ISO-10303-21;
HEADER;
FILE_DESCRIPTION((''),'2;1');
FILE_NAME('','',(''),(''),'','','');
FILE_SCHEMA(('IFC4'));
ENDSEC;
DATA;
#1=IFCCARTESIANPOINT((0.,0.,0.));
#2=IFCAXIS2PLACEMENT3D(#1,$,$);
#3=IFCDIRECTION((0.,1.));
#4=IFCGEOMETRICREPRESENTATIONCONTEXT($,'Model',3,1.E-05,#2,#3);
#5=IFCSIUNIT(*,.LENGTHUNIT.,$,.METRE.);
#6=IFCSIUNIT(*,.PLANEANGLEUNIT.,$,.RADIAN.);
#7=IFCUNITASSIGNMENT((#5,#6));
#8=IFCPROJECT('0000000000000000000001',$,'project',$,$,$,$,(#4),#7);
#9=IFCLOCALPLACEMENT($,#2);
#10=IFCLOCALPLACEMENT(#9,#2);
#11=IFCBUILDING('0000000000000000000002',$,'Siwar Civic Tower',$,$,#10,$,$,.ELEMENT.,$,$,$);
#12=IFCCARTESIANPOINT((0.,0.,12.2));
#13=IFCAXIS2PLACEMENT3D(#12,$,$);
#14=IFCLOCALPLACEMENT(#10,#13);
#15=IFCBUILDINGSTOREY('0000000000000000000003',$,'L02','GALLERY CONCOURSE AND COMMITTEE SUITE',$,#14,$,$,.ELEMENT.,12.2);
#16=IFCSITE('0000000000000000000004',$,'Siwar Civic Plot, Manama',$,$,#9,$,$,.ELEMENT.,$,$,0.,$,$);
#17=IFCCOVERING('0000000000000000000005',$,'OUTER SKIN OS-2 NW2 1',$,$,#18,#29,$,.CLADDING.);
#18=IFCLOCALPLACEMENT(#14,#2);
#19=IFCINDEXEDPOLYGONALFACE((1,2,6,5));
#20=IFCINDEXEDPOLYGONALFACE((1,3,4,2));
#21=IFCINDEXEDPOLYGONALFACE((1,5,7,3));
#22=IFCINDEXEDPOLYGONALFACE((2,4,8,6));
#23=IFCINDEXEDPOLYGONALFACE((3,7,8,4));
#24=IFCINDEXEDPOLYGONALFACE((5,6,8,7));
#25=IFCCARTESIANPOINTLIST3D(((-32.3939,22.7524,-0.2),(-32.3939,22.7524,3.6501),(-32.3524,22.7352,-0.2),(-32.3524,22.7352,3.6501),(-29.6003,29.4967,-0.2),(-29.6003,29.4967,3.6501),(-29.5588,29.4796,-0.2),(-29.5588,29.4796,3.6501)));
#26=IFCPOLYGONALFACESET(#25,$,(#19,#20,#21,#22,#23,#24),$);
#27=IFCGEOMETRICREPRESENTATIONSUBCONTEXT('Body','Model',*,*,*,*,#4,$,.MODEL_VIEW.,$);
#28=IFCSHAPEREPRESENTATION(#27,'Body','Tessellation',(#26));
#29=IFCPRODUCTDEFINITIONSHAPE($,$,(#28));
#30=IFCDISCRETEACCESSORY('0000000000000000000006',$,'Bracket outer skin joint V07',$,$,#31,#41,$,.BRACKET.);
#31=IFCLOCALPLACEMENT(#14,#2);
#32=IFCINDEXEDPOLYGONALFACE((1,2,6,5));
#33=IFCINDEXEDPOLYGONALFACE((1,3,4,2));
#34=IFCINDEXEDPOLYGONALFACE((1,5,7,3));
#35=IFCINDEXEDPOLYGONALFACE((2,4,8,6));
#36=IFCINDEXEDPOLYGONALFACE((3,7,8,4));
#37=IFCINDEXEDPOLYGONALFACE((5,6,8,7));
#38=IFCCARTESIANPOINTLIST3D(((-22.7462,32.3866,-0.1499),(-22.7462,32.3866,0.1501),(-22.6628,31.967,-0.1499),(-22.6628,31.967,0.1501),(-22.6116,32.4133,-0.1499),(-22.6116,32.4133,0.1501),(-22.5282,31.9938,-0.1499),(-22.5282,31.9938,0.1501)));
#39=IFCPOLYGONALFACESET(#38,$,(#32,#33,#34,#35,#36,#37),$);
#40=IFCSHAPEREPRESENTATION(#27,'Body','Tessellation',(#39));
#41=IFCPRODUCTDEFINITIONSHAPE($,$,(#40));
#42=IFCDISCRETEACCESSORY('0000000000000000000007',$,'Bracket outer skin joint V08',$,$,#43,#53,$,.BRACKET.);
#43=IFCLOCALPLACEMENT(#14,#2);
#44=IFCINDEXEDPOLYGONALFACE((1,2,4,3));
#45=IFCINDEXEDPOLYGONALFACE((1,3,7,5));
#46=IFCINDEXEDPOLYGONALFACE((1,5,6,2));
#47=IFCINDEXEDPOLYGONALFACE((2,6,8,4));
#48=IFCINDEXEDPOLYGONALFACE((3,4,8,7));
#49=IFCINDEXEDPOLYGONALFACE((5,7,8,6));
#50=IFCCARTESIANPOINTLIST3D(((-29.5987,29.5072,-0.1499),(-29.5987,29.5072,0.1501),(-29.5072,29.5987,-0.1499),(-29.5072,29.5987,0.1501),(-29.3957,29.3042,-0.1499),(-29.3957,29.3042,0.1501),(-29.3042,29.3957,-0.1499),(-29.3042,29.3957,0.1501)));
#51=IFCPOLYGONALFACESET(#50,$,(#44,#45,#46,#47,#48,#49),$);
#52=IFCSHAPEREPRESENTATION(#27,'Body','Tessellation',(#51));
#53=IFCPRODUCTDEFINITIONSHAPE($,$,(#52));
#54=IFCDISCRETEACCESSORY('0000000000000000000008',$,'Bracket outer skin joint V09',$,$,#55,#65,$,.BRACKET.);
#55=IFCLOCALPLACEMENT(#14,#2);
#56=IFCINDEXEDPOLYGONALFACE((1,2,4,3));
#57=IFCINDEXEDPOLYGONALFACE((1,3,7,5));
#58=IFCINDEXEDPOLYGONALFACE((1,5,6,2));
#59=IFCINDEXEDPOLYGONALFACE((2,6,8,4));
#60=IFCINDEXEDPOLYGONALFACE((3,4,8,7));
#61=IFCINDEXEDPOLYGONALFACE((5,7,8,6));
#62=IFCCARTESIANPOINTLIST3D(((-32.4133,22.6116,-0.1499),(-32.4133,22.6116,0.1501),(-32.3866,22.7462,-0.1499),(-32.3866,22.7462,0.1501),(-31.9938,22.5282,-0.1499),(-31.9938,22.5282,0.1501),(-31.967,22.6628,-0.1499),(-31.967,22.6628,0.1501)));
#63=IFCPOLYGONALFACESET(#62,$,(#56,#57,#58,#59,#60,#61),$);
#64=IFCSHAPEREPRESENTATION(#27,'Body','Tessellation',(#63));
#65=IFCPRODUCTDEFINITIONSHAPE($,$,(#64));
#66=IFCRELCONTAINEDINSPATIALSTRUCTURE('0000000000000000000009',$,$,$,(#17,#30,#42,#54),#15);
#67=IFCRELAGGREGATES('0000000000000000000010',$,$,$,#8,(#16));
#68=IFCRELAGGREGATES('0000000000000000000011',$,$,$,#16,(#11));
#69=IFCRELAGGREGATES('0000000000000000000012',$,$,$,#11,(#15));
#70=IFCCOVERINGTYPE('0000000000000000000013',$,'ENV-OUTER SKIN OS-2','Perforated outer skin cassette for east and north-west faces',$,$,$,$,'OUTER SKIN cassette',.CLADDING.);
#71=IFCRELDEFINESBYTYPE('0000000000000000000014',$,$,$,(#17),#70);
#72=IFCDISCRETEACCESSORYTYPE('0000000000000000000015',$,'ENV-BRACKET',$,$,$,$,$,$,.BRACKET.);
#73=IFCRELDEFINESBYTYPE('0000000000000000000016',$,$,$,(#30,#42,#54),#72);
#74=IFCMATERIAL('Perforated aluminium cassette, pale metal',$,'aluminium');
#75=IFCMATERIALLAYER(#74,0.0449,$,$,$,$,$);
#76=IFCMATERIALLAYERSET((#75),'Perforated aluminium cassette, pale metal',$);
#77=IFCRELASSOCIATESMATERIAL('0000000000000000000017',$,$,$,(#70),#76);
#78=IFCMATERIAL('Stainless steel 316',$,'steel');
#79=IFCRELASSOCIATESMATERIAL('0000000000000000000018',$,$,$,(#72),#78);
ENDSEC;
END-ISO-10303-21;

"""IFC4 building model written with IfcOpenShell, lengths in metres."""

from ifc_helpers import new_model, si_unit, direction, frame, origin, origin_2d, place, context, subcontext, project, spatial, rectangle, extrude, material, layer, layer_set, type_object, element, save


model = new_model("IFC4")

# Units and contexts
model_context = context("Model", 3, precision=1e-05, world=origin(), true_north=direction((0.0, 1.0)))
body_context = subcontext(model_context, "Body", "Model", "MODEL_VIEW")
ifc_project = project(units=[si_unit("LENGTHUNIT", "METRE"), si_unit("PLANEANGLEUNIT", "RADIAN")], contexts=[model_context])

# Site, building, storey
site_placement = place(None, origin())
site = spatial("IfcSite", under=ifc_project, at=site_placement, Name="Siwar Civic Plot, Manama", CompositionType="ELEMENT", RefElevation=0.0)
building_placement = place(site_placement, origin())
building = spatial("IfcBuilding", under=site, at=building_placement, Name="Siwar Civic Tower", CompositionType="ELEMENT")
storey_placement = place(building_placement, frame((0.0, 0.0, 12.2)))
storey = spatial("IfcBuildingStorey", under=building, at=storey_placement, Name="L02", Description="GALLERY CONCOURSE AND COMMITTEE SUITE", CompositionType="ELEMENT", Elevation=12.2)

# Covering
ifc_material_1 = material(Name="Perforated aluminium cassette, pale metal", Category="aluminium")
ifc_layer_1 = layer(ifc_material_1, 0.0449)
ifc_layer_set_1 = layer_set([ifc_layer_1], Name="Perforated aluminium cassette, pale metal")
covering_type_1 = type_object("IfcCoveringType", Name="ENV-OUTER SKIN OS-2", Description="Perforated outer skin cassette for east and north-west faces", ElementType="OUTER SKIN cassette", PredefinedType="CLADDING", material=ifc_layer_set_1)
covering_1_placement = place(storey_placement, frame((-30.9763, 26.116, -0.2), z_axis=(0.0, 0.0, 1.0), x_axis=(-0.382683, -0.92388, 0.0)))
element("IfcCovering", 1, at=covering_1_placement, inside=storey, type_object=covering_type_1, Name="OUTER SKIN OS-2 NW2 1", PredefinedType="CLADDING", context=body_context, shape_type="SweptSolid", body=[
    extrude(rectangle(XDim=7.3, YDim=0.0449, at=origin_2d()), origin(), (0.0, 0.0, 1.0), 3.8501),
])

# Discrete accessories
ifc_material_2 = material(Name="Stainless steel 316", Category="steel")
discrete_accessory_type = type_object("IfcDiscreteAccessoryType", Name="ENV-BRACKET", PredefinedType="BRACKET", material=ifc_material_2)
discrete_accessory_1_placement = place(storey_placement, frame((-22.6372, 32.1902, -0.1499), z_axis=(0.0, 0.0, 1.0), x_axis=(-0.19509, 0.980785, 0.0)))
element("IfcDiscreteAccessory", 2, at=discrete_accessory_1_placement, inside=storey, type_object=discrete_accessory_type, Name="Bracket outer skin joint V07", PredefinedType="BRACKET", context=body_context, shape_type="SweptSolid", body=[
    extrude(rectangle(XDim=0.4277, YDim=0.1372, at=origin_2d()), origin(), (0.0, 0.0, 1.0), 0.3),
])
discrete_accessory_2_placement = place(storey_placement, frame((-29.4514, 29.4514, -0.1499), z_axis=(0.0, 0.0, 1.0), x_axis=(-0.707107, 0.707107, 0.0)))
element("IfcDiscreteAccessory", 3, at=discrete_accessory_2_placement, inside=storey, type_object=discrete_accessory_type, Name="Bracket outer skin joint V08", PredefinedType="BRACKET", context=body_context, shape_type="SweptSolid", body=[
    extrude(rectangle(XDim=0.2871, YDim=0.1294, at=origin_2d()), origin(), (0.0, 0.0, 1.0), 0.3),
])
discrete_accessory_3_placement = place(storey_placement, frame((-32.1902, 22.6372, -0.1499), z_axis=(0.0, 0.0, 1.0), x_axis=(-0.980785, 0.19509, 0.0)))
element("IfcDiscreteAccessory", 4, at=discrete_accessory_3_placement, inside=storey, type_object=discrete_accessory_type, Name="Bracket outer skin joint V09", PredefinedType="BRACKET", context=body_context, shape_type="SweptSolid", body=[
    extrude(rectangle(XDim=0.4277, YDim=0.1372, at=origin_2d()), origin(), (0.0, 0.0, 1.0), 0.3),
])

save(model, "model.ifc")
